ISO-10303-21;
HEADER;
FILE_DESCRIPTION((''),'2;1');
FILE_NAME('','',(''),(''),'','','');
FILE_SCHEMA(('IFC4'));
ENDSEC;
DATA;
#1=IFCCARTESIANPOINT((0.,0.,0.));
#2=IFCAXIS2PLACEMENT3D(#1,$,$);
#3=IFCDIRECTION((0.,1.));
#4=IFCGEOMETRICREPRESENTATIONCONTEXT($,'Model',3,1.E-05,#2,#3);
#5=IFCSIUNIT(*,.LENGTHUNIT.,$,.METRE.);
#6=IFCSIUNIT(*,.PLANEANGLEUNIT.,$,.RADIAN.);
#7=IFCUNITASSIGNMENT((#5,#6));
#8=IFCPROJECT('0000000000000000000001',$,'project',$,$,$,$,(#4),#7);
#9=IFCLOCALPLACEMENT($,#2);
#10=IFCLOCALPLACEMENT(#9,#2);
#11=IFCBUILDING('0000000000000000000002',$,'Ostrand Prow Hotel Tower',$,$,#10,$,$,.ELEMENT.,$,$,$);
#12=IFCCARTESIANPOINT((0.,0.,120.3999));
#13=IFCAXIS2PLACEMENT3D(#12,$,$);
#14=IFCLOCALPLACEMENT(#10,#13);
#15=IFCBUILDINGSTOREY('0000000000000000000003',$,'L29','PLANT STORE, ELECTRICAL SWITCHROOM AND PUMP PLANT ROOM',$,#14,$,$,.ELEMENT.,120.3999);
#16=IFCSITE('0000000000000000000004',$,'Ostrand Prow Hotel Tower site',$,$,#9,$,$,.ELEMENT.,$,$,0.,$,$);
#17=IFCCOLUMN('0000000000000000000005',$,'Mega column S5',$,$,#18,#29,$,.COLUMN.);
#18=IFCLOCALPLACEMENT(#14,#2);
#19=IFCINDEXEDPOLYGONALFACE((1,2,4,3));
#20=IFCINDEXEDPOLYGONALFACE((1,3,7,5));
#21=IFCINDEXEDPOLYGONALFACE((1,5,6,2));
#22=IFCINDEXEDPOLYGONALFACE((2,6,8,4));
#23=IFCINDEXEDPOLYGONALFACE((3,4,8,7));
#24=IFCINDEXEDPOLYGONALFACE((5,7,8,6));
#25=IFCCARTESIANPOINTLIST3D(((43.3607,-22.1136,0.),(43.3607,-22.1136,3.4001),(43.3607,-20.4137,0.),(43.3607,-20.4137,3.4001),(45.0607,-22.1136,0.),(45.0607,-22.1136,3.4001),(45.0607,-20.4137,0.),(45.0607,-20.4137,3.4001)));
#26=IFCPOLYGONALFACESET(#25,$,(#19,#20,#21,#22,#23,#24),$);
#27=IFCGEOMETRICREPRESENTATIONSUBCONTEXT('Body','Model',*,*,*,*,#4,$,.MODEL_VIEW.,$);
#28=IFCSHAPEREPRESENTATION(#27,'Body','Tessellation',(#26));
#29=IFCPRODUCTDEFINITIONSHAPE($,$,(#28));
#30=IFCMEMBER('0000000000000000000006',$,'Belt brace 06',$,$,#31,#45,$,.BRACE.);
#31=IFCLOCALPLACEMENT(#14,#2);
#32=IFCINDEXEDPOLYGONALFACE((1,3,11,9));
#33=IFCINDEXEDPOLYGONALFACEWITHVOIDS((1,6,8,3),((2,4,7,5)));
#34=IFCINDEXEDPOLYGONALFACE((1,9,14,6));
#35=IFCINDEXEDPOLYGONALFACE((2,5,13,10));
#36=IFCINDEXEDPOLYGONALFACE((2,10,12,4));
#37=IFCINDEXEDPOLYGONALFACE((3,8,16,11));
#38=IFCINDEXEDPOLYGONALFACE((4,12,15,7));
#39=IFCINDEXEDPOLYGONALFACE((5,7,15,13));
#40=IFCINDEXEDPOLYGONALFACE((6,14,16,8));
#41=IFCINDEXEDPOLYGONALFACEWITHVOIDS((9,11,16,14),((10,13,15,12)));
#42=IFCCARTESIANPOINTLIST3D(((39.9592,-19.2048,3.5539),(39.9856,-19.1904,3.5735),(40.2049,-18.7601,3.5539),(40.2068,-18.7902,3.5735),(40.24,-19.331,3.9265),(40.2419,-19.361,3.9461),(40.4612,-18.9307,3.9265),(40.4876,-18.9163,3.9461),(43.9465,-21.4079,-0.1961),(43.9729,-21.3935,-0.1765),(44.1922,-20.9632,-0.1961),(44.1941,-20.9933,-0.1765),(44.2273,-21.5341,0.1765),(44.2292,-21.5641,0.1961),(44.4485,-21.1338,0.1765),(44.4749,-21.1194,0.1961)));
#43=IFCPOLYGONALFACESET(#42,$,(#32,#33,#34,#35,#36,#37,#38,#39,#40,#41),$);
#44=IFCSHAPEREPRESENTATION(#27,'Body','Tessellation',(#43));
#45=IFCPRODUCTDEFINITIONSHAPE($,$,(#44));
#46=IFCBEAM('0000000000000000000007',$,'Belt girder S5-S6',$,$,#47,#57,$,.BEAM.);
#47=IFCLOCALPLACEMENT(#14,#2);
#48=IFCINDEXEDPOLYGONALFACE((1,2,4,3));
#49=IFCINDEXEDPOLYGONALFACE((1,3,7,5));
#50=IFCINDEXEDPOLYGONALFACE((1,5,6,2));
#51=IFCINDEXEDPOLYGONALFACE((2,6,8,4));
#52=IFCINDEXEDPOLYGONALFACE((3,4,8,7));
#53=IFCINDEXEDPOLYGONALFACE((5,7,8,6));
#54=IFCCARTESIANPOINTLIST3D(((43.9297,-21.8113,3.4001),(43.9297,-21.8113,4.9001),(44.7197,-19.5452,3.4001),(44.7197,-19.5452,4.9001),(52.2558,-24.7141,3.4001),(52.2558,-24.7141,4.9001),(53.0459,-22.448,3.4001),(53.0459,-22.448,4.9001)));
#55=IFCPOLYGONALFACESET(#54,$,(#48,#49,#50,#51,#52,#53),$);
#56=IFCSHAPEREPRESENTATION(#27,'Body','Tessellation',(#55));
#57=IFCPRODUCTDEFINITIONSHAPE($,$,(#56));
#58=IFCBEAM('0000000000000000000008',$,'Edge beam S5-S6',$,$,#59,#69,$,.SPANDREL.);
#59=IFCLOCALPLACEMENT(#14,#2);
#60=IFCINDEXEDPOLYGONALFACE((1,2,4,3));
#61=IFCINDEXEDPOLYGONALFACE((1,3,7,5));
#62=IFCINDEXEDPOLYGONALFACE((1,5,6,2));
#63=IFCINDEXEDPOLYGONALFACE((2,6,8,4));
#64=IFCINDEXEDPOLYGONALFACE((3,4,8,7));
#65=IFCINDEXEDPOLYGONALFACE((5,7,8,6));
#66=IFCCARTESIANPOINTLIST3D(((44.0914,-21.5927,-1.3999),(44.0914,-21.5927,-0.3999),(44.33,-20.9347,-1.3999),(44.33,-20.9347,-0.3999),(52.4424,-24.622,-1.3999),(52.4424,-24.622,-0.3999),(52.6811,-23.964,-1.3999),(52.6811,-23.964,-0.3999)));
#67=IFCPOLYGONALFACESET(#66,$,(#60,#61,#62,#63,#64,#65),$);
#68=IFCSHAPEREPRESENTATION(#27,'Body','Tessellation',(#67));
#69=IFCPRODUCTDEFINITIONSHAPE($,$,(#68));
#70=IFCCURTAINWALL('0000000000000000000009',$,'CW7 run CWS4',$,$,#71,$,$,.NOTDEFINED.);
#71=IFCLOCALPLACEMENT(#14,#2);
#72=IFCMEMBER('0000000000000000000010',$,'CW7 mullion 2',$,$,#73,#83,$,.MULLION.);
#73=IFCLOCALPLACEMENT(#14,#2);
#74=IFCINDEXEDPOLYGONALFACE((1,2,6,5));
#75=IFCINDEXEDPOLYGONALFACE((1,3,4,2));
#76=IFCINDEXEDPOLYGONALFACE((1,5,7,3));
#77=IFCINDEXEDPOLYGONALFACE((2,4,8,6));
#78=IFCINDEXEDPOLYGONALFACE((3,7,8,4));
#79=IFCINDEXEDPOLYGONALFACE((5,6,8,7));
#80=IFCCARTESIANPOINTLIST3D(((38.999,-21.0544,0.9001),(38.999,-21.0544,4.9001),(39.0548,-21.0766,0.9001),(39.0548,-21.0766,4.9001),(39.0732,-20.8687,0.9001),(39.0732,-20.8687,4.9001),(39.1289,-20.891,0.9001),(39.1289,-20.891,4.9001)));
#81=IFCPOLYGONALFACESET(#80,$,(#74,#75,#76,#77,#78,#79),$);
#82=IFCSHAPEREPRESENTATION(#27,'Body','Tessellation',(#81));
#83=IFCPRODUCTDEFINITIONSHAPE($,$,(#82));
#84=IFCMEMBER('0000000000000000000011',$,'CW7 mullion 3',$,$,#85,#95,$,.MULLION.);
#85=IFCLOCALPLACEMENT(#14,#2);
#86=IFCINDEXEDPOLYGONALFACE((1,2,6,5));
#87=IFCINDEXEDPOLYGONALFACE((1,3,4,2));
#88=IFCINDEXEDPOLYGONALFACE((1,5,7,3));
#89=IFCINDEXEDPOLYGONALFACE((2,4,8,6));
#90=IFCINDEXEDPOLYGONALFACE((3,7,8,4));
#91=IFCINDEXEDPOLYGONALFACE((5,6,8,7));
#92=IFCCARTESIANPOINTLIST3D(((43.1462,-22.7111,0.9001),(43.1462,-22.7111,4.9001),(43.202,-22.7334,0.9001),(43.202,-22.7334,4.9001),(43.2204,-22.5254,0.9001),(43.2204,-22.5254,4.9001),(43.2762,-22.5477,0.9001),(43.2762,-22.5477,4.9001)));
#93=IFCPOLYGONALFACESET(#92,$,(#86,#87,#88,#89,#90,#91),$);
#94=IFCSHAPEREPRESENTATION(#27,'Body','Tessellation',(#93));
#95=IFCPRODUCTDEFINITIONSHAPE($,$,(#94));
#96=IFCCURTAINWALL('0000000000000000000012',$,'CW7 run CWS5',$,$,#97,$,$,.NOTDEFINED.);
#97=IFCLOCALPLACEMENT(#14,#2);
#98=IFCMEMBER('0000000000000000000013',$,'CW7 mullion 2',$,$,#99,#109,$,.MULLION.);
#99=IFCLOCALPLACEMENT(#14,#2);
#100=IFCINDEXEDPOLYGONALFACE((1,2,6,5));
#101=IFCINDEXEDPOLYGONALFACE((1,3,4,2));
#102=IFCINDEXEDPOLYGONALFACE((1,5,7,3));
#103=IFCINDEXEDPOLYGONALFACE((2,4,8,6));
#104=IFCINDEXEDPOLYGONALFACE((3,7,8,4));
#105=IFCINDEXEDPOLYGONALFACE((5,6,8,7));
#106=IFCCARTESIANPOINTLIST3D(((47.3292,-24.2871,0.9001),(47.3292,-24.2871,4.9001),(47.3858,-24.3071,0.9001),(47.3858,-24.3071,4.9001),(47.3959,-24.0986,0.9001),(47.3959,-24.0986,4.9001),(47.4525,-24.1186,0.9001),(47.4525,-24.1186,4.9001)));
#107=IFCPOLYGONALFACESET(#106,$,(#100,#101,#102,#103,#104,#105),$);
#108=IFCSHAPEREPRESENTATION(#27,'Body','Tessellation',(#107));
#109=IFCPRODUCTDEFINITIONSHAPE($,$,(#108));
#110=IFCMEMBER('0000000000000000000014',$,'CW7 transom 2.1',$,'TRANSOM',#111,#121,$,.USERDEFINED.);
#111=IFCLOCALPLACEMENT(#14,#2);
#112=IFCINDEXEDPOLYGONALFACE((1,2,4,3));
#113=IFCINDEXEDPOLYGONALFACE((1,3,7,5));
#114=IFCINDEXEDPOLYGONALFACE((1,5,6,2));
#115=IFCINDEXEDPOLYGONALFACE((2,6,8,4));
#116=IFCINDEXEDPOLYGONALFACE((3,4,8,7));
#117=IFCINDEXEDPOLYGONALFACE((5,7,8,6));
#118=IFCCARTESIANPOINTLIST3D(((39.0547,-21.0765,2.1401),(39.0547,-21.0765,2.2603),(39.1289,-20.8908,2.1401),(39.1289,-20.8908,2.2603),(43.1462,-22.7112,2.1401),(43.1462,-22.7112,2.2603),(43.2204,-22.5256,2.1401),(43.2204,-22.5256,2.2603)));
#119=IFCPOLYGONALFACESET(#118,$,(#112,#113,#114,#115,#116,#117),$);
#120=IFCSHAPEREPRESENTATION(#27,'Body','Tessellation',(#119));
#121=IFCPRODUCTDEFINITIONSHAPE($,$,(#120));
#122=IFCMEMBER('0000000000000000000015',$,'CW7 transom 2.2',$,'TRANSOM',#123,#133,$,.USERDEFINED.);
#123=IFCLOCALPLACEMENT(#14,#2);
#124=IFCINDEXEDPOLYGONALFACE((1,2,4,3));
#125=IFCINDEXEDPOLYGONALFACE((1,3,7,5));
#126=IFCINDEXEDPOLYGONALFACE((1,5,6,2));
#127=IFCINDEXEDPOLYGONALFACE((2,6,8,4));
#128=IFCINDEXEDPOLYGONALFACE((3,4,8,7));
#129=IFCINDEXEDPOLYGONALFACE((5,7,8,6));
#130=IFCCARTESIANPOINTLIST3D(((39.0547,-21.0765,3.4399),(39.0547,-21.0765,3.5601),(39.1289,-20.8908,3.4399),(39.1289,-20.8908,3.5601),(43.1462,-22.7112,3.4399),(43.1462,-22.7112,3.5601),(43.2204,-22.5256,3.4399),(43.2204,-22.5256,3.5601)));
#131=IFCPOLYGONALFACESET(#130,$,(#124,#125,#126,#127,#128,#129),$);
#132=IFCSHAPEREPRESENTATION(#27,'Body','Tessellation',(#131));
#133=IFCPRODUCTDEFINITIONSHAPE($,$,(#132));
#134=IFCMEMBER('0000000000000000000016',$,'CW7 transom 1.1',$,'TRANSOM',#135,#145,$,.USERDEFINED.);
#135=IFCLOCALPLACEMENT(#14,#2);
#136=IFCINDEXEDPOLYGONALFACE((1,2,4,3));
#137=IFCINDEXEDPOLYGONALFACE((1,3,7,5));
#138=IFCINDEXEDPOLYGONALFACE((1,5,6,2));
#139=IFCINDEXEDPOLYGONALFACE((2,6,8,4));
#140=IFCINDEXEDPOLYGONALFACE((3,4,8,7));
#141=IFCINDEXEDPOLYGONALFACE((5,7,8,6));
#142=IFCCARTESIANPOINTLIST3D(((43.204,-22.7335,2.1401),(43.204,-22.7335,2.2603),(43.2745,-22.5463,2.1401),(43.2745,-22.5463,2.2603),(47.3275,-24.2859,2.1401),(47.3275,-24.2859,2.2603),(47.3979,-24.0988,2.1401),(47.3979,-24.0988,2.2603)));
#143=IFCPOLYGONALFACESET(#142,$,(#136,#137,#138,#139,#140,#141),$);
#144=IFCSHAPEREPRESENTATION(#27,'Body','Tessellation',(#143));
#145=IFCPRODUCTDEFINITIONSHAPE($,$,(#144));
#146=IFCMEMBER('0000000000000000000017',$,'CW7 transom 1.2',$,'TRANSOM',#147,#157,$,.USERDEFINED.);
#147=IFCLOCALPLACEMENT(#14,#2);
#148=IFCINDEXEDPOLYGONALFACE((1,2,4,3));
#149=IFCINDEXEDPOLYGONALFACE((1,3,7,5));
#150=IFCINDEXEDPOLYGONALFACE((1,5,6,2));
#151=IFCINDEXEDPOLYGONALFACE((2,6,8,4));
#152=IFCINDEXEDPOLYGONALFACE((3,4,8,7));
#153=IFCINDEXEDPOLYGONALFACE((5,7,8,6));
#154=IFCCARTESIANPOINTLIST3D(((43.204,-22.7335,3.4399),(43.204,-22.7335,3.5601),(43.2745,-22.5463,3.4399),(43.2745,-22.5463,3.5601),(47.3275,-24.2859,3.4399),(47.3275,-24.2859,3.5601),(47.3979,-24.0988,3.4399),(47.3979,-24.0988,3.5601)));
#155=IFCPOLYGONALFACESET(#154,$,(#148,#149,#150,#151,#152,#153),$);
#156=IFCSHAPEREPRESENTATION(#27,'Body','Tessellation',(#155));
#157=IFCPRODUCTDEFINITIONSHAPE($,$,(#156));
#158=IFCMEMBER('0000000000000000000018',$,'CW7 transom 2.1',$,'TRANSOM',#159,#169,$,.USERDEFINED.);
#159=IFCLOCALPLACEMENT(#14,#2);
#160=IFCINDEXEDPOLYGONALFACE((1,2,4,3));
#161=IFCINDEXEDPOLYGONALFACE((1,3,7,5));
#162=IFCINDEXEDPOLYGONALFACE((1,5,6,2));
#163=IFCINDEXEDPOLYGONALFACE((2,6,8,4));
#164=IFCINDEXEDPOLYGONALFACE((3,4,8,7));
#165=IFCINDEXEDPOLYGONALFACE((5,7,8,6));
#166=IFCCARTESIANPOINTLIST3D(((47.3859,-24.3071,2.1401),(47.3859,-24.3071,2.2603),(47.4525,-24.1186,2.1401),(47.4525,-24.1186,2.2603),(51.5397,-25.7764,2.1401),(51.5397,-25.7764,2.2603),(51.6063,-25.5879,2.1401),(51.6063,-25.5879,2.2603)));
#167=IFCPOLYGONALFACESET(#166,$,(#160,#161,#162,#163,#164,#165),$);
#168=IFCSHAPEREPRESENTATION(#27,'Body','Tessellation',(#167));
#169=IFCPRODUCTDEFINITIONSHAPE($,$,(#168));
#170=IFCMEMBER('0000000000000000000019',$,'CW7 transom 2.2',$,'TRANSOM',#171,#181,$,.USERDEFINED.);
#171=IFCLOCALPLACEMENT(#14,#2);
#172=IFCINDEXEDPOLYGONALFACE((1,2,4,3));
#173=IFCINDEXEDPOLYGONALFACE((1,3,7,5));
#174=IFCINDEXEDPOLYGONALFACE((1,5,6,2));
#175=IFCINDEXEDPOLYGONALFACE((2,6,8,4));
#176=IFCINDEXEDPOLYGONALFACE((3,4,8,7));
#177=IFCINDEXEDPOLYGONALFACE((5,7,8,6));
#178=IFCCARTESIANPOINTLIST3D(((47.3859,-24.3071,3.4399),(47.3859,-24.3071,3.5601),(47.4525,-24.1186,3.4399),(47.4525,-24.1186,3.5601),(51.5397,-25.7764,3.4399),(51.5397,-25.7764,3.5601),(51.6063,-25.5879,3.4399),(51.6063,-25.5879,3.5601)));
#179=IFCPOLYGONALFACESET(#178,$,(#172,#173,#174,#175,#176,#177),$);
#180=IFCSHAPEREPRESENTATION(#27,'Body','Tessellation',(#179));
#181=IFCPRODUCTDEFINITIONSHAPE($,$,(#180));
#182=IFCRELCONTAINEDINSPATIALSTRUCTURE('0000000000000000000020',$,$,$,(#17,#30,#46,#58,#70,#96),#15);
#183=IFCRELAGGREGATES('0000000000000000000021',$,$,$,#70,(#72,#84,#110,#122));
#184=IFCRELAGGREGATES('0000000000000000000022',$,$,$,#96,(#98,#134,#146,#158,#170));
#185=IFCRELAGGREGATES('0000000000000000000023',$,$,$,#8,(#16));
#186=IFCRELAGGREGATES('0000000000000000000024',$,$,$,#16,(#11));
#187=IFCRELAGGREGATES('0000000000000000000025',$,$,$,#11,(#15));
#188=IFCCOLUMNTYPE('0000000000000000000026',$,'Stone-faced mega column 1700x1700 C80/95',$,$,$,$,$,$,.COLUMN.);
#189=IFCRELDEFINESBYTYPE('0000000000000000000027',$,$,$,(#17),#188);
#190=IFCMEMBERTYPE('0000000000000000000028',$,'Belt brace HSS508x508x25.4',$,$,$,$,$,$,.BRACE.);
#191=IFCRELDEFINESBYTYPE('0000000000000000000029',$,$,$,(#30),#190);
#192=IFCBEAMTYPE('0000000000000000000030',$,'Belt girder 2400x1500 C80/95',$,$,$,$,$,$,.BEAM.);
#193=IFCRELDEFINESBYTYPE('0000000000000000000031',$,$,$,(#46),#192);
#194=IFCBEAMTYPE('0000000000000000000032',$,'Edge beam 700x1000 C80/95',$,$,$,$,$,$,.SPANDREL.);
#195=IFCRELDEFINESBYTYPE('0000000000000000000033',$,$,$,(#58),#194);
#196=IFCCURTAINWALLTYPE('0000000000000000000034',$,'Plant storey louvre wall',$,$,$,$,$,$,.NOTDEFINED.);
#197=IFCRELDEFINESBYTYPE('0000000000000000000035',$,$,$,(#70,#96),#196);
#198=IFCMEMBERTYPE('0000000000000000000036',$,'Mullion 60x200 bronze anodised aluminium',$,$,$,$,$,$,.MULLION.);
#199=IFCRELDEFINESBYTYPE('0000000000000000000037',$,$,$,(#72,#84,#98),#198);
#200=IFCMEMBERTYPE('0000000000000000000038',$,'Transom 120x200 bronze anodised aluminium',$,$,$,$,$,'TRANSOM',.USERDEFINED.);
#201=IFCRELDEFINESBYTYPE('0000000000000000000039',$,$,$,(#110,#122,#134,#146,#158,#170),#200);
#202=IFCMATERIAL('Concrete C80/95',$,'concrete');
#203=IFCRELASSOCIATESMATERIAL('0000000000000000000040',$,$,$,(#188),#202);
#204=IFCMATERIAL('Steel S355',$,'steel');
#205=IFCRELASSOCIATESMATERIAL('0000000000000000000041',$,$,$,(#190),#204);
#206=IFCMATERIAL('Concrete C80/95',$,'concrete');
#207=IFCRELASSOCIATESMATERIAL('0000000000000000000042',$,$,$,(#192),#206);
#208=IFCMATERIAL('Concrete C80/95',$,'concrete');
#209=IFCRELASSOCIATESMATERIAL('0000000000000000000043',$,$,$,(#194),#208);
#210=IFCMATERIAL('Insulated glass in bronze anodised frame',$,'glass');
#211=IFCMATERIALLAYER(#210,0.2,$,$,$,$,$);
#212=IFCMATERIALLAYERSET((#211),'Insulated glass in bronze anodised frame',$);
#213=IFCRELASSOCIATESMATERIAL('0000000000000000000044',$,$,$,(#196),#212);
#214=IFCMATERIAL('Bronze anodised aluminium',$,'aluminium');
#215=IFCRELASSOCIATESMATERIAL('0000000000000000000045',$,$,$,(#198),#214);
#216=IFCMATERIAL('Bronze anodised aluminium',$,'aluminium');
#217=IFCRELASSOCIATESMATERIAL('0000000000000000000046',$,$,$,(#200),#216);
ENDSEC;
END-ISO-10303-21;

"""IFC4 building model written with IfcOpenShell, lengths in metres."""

from ifc_helpers import new_model, si_unit, direction, frame, origin, origin_2d, place, context, subcontext, project, spatial, rectangle, hollow_rectangle, extrude, material, layer, layer_set, material_profile, profile_set, type_object, element, aggregate, save


model = new_model("IFC4")

# Units and contexts
model_context = context("Model", 3, precision=1e-05, world=origin(), true_north=direction((0.0, 1.0)))
body_context = subcontext(model_context, "Body", "Model", "MODEL_VIEW")
ifc_project = project(units=[si_unit("LENGTHUNIT", "METRE"), si_unit("PLANEANGLEUNIT", "RADIAN")], contexts=[model_context])

# Site, building, storey
site_placement = place(None, origin())
site = spatial("IfcSite", under=ifc_project, at=site_placement, Name="Ostrand Prow Hotel Tower site", CompositionType="ELEMENT", RefElevation=0.0)
building_placement = place(site_placement, origin())
building = spatial("IfcBuilding", under=site, at=building_placement, Name="Ostrand Prow Hotel Tower", CompositionType="ELEMENT")
storey_placement = place(building_placement, frame((0.0, 0.0, 120.3999)))
storey = spatial("IfcBuildingStorey", under=building, at=storey_placement, Name="L29", Description="PLANT STORE, ELECTRICAL SWITCHROOM AND PUMP PLANT ROOM", CompositionType="ELEMENT", Elevation=120.3999)

# Column
ifc_material_1 = material(Name="Concrete C80/95", Category="concrete")
ifc_material_profile_1 = material_profile(ifc_material_1, rectangle(XDim=1.7, YDim=1.7, at=origin_2d()), Name="RC 1700x1700")
ifc_profile_set_1 = profile_set([ifc_material_profile_1], Name="Concrete C80/95")
column_type = type_object("IfcColumnType", Name="Stone-faced mega column 1700x1700 C80/95", PredefinedType="COLUMN", material=ifc_profile_set_1)
column_placement = place(storey_placement, frame((44.2107, -21.2637, 0.0), z_axis=(0.0, 0.0, 1.0), x_axis=(1.0, 0.0, 0.0)))
element("IfcColumn", 1, at=column_placement, inside=storey, type_object=column_type, Name="Mega column S5", PredefinedType="COLUMN", context=body_context, shape_type="SweptSolid", body=[
    extrude(rectangle(XDim=1.7, YDim=1.7, at=origin_2d()), origin(), (0.0, 0.0, 1.0), 3.4001),
])

# Member
ifc_material_2 = material(Name="Steel S355", Category="steel")
ifc_material_profile_2 = material_profile(ifc_material_2, hollow_rectangle(XDim=0.5081, YDim=0.5081, WallThickness=0.0254, at=origin_2d()), Name="HSS508x508x25.4")
ifc_profile_set_2 = profile_set([ifc_material_profile_2], Name="Steel S355")
member_type_1 = type_object("IfcMemberType", Name="Belt brace HSS508x508x25.4", PredefinedType="BRACE", material=ifc_profile_set_2)
member_1_placement = place(storey_placement, frame((44.2107, -21.2637, 0.0), z_axis=(-0.675767, 0.373385, 0.635549), x_axis=(-0.483621, -0.875277, 0.0)))
element("IfcMember", 2, at=member_1_placement, inside=storey, type_object=member_type_1, Name="Belt brace 06", PredefinedType="BRACE", context=body_context, shape_type="SweptSolid", body=[
    extrude(hollow_rectangle(XDim=0.5081, YDim=0.5081, WallThickness=0.0254, at=origin_2d()), origin(), (0.0, 0.0, 1.0), 5.9004),
])

# Beams
ifc_material_3 = material(Name="Concrete C80/95", Category="concrete")
ifc_material_profile_3 = material_profile(ifc_material_3, rectangle(XDim=2.3999, YDim=1.5, at=origin_2d()), Name="RC 2400x1500")
ifc_profile_set_3 = profile_set([ifc_material_profile_3], Name="Concrete C80/95")
beam_type_1 = type_object("IfcBeamType", Name="Belt girder 2400x1500 C80/95", PredefinedType="BEAM", material=ifc_profile_set_3)
beam_1_placement = place(storey_placement, frame((44.3247, -20.6782, 4.1501), z_axis=(0.944258, -0.329206, 0.0), x_axis=(0.329206, 0.944258, 0.0)))
element("IfcBeam", 3, at=beam_1_placement, inside=storey, type_object=beam_type_1, Name="Belt girder S5-S6", PredefinedType="BEAM", context=body_context, shape_type="SweptSolid", body=[
    extrude(rectangle(XDim=2.3999, YDim=1.5, at=origin_2d()), origin(), (0.0, 0.0, 1.0), 8.8176),
])
ifc_material_4 = material(Name="Concrete C80/95", Category="concrete")
ifc_material_profile_4 = material_profile(ifc_material_4, rectangle(XDim=0.7, YDim=1.0, at=origin_2d()), Name="RC 700x1000")
ifc_profile_set_4 = profile_set([ifc_material_profile_4], Name="Concrete C80/95")
beam_type_2 = type_object("IfcBeamType", Name="Edge beam 700x1000 C80/95", PredefinedType="SPANDREL", material=ifc_profile_set_4)
beam_2_placement = place(storey_placement, frame((44.2107, -21.2637, -0.8999), z_axis=(0.940063, -0.341002, 0.0), x_axis=(0.341002, 0.940063, 0.0)))
element("IfcBeam", 4, at=beam_2_placement, inside=storey, type_object=beam_type_2, Name="Edge beam S5-S6", PredefinedType="SPANDREL", context=body_context, shape_type="SweptSolid", body=[
    extrude(rectangle(XDim=0.7, YDim=1.0, at=origin_2d()), origin(), (0.0, 0.0, 1.0), 8.8835),
])

# Curtain wall, members
ifc_material_5 = material(Name="Insulated glass in bronze anodised frame", Category="glass")
ifc_layer_1 = layer(ifc_material_5, 0.2)
ifc_layer_set_1 = layer_set([ifc_layer_1], Name="Insulated glass in bronze anodised frame")
curtain_wall_type = type_object("IfcCurtainWallType", Name="Plant storey louvre wall", PredefinedType="NOTDEFINED", material=ifc_layer_set_1)
curtain_wall_1_placement = place(storey_placement, origin())
curtain_wall_1 = element("IfcCurtainWall", 5, at=curtain_wall_1_placement, inside=storey, type_object=curtain_wall_type, Name="CW7 run CWS4", PredefinedType="NOTDEFINED")
ifc_material_6 = material(Name="Bronze anodised aluminium", Category="aluminium")
ifc_material_profile_5 = material_profile(ifc_material_6, rectangle(XDim=0.2, YDim=0.0601, at=origin_2d()), Name="Mullion 60x200 bronze anodised aluminium")
ifc_profile_set_5 = profile_set([ifc_material_profile_5], Name="Bronze anodised aluminium")
member_type_2 = type_object("IfcMemberType", Name="Mullion 60x200 bronze anodised aluminium", PredefinedType="MULLION", material=ifc_profile_set_5)
member_2_placement = place(storey_placement, frame((39.064, -20.9727, 0.9001), z_axis=(0.0, 0.0, 1.0), x_axis=(0.370982, 0.92864, 0.0)))
member_2 = element("IfcMember", 6, at=member_2_placement, type_object=member_type_2, Name="CW7 mullion 2", PredefinedType="MULLION", context=body_context, shape_type="SweptSolid", body=[
    extrude(rectangle(XDim=0.2, YDim=0.0601, at=origin_2d()), origin(), (0.0, 0.0, 1.0), 4.0),
])
member_3_placement = place(storey_placement, frame((43.2112, -22.6294, 0.9001), z_axis=(0.0, 0.0, 1.0), x_axis=(0.370982, 0.92864, 0.0)))
member_3 = element("IfcMember", 7, at=member_3_placement, type_object=member_type_2, Name="CW7 mullion 3", PredefinedType="MULLION", context=body_context, shape_type="SweptSolid", body=[
    extrude(rectangle(XDim=0.2, YDim=0.0601, at=origin_2d()), origin(), (0.0, 0.0, 1.0), 4.0),
])

# Curtain wall, member
curtain_wall_2_placement = place(storey_placement, origin())
curtain_wall_2 = element("IfcCurtainWall", 8, at=curtain_wall_2_placement, inside=storey, type_object=curtain_wall_type, Name="CW7 run CWS5", PredefinedType="NOTDEFINED")
member_4_placement = place(storey_placement, frame((47.3909, -24.2029, 0.9001), z_axis=(0.0, 0.0, 1.0), x_axis=(0.333496, 0.942752, 0.0)))
member_4 = element("IfcMember", 9, at=member_4_placement, type_object=member_type_2, Name="CW7 mullion 2", PredefinedType="MULLION", context=body_context, shape_type="SweptSolid", body=[
    extrude(rectangle(XDim=0.2, YDim=0.0601, at=origin_2d()), origin(), (0.0, 0.0, 1.0), 4.0),
])

# Members
ifc_material_7 = material(Name="Bronze anodised aluminium", Category="aluminium")
ifc_material_profile_6 = material_profile(ifc_material_7, rectangle(XDim=0.2, YDim=0.1201, at=origin_2d()), Name="Transom 120x200 bronze anodised aluminium")
ifc_profile_set_6 = profile_set([ifc_material_profile_6], Name="Bronze anodised aluminium")
member_type_3 = type_object("IfcMemberType", Name="Transom 120x200 bronze anodised aluminium", ElementType="TRANSOM", PredefinedType="USERDEFINED", material=ifc_profile_set_6)
member_5_placement = place(storey_placement, frame((39.0918, -20.9836, 2.2002), z_axis=(0.928622, -0.371028, 0.0), x_axis=(0.371028, 0.928622, 0.0)))
member_5 = element("IfcMember", 10, at=member_5_placement, type_object=member_type_3, Name="CW7 transom 2.1", ObjectType="TRANSOM", PredefinedType="USERDEFINED", context=body_context, shape_type="SweptSolid", body=[
    extrude(rectangle(XDim=0.2, YDim=0.1201, at=origin_2d()), origin(), (0.0, 0.0, 1.0), 4.406),
])
member_6_placement = place(storey_placement, frame((39.0918, -20.9836, 3.5), z_axis=(0.928622, -0.371028, 0.0), x_axis=(0.371028, 0.928622, 0.0)))
member_6 = element("IfcMember", 11, at=member_6_placement, type_object=member_type_3, Name="CW7 transom 2.2", ObjectType="TRANSOM", PredefinedType="USERDEFINED", context=body_context, shape_type="SweptSolid", body=[
    extrude(rectangle(XDim=0.2, YDim=0.1201, at=origin_2d()), origin(), (0.0, 0.0, 1.0), 4.406),
])
member_7_placement = place(storey_placement, frame((43.2393, -22.6399, 2.2002), z_axis=(0.935868, -0.35235, 0.0), x_axis=(0.35235, 0.935868, 0.0)))
member_7 = element("IfcMember", 12, at=member_7_placement, type_object=member_type_3, Name="CW7 transom 1.1", ObjectType="TRANSOM", PredefinedType="USERDEFINED", context=body_context, shape_type="SweptSolid", body=[
    extrude(rectangle(XDim=0.2, YDim=0.1201, at=origin_2d()), origin(), (0.0, 0.0, 1.0), 4.406),
])
member_8_placement = place(storey_placement, frame((43.2393, -22.6399, 3.5), z_axis=(0.935868, -0.35235, 0.0), x_axis=(0.35235, 0.935868, 0.0)))
member_8 = element("IfcMember", 13, at=member_8_placement, type_object=member_type_3, Name="CW7 transom 1.2", ObjectType="TRANSOM", PredefinedType="USERDEFINED", context=body_context, shape_type="SweptSolid", body=[
    extrude(rectangle(XDim=0.2, YDim=0.1201, at=origin_2d()), origin(), (0.0, 0.0, 1.0), 4.406),
])
member_9_placement = place(storey_placement, frame((47.4192, -24.2129, 2.2002), z_axis=(0.942763, -0.333463, 0.0), x_axis=(0.333463, 0.942763, 0.0)))
member_9 = element("IfcMember", 14, at=member_9_placement, type_object=member_type_3, Name="CW7 transom 2.1", ObjectType="TRANSOM", PredefinedType="USERDEFINED", context=body_context, shape_type="SweptSolid", body=[
    extrude(rectangle(XDim=0.2, YDim=0.1201, at=origin_2d()), origin(), (0.0, 0.0, 1.0), 4.406),
])
member_10_placement = place(storey_placement, frame((47.4192, -24.2129, 3.5), z_axis=(0.942763, -0.333463, 0.0), x_axis=(0.333463, 0.942763, 0.0)))
member_10 = element("IfcMember", 15, at=member_10_placement, type_object=member_type_3, Name="CW7 transom 2.2", ObjectType="TRANSOM", PredefinedType="USERDEFINED", context=body_context, shape_type="SweptSolid", body=[
    extrude(rectangle(XDim=0.2, YDim=0.1201, at=origin_2d()), origin(), (0.0, 0.0, 1.0), 4.406),
])

aggregate(curtain_wall_1, [member_2, member_3, member_5, member_6])
aggregate(curtain_wall_2, [member_4, member_7, member_8, member_9, member_10])

save(model, "model.ifc")
